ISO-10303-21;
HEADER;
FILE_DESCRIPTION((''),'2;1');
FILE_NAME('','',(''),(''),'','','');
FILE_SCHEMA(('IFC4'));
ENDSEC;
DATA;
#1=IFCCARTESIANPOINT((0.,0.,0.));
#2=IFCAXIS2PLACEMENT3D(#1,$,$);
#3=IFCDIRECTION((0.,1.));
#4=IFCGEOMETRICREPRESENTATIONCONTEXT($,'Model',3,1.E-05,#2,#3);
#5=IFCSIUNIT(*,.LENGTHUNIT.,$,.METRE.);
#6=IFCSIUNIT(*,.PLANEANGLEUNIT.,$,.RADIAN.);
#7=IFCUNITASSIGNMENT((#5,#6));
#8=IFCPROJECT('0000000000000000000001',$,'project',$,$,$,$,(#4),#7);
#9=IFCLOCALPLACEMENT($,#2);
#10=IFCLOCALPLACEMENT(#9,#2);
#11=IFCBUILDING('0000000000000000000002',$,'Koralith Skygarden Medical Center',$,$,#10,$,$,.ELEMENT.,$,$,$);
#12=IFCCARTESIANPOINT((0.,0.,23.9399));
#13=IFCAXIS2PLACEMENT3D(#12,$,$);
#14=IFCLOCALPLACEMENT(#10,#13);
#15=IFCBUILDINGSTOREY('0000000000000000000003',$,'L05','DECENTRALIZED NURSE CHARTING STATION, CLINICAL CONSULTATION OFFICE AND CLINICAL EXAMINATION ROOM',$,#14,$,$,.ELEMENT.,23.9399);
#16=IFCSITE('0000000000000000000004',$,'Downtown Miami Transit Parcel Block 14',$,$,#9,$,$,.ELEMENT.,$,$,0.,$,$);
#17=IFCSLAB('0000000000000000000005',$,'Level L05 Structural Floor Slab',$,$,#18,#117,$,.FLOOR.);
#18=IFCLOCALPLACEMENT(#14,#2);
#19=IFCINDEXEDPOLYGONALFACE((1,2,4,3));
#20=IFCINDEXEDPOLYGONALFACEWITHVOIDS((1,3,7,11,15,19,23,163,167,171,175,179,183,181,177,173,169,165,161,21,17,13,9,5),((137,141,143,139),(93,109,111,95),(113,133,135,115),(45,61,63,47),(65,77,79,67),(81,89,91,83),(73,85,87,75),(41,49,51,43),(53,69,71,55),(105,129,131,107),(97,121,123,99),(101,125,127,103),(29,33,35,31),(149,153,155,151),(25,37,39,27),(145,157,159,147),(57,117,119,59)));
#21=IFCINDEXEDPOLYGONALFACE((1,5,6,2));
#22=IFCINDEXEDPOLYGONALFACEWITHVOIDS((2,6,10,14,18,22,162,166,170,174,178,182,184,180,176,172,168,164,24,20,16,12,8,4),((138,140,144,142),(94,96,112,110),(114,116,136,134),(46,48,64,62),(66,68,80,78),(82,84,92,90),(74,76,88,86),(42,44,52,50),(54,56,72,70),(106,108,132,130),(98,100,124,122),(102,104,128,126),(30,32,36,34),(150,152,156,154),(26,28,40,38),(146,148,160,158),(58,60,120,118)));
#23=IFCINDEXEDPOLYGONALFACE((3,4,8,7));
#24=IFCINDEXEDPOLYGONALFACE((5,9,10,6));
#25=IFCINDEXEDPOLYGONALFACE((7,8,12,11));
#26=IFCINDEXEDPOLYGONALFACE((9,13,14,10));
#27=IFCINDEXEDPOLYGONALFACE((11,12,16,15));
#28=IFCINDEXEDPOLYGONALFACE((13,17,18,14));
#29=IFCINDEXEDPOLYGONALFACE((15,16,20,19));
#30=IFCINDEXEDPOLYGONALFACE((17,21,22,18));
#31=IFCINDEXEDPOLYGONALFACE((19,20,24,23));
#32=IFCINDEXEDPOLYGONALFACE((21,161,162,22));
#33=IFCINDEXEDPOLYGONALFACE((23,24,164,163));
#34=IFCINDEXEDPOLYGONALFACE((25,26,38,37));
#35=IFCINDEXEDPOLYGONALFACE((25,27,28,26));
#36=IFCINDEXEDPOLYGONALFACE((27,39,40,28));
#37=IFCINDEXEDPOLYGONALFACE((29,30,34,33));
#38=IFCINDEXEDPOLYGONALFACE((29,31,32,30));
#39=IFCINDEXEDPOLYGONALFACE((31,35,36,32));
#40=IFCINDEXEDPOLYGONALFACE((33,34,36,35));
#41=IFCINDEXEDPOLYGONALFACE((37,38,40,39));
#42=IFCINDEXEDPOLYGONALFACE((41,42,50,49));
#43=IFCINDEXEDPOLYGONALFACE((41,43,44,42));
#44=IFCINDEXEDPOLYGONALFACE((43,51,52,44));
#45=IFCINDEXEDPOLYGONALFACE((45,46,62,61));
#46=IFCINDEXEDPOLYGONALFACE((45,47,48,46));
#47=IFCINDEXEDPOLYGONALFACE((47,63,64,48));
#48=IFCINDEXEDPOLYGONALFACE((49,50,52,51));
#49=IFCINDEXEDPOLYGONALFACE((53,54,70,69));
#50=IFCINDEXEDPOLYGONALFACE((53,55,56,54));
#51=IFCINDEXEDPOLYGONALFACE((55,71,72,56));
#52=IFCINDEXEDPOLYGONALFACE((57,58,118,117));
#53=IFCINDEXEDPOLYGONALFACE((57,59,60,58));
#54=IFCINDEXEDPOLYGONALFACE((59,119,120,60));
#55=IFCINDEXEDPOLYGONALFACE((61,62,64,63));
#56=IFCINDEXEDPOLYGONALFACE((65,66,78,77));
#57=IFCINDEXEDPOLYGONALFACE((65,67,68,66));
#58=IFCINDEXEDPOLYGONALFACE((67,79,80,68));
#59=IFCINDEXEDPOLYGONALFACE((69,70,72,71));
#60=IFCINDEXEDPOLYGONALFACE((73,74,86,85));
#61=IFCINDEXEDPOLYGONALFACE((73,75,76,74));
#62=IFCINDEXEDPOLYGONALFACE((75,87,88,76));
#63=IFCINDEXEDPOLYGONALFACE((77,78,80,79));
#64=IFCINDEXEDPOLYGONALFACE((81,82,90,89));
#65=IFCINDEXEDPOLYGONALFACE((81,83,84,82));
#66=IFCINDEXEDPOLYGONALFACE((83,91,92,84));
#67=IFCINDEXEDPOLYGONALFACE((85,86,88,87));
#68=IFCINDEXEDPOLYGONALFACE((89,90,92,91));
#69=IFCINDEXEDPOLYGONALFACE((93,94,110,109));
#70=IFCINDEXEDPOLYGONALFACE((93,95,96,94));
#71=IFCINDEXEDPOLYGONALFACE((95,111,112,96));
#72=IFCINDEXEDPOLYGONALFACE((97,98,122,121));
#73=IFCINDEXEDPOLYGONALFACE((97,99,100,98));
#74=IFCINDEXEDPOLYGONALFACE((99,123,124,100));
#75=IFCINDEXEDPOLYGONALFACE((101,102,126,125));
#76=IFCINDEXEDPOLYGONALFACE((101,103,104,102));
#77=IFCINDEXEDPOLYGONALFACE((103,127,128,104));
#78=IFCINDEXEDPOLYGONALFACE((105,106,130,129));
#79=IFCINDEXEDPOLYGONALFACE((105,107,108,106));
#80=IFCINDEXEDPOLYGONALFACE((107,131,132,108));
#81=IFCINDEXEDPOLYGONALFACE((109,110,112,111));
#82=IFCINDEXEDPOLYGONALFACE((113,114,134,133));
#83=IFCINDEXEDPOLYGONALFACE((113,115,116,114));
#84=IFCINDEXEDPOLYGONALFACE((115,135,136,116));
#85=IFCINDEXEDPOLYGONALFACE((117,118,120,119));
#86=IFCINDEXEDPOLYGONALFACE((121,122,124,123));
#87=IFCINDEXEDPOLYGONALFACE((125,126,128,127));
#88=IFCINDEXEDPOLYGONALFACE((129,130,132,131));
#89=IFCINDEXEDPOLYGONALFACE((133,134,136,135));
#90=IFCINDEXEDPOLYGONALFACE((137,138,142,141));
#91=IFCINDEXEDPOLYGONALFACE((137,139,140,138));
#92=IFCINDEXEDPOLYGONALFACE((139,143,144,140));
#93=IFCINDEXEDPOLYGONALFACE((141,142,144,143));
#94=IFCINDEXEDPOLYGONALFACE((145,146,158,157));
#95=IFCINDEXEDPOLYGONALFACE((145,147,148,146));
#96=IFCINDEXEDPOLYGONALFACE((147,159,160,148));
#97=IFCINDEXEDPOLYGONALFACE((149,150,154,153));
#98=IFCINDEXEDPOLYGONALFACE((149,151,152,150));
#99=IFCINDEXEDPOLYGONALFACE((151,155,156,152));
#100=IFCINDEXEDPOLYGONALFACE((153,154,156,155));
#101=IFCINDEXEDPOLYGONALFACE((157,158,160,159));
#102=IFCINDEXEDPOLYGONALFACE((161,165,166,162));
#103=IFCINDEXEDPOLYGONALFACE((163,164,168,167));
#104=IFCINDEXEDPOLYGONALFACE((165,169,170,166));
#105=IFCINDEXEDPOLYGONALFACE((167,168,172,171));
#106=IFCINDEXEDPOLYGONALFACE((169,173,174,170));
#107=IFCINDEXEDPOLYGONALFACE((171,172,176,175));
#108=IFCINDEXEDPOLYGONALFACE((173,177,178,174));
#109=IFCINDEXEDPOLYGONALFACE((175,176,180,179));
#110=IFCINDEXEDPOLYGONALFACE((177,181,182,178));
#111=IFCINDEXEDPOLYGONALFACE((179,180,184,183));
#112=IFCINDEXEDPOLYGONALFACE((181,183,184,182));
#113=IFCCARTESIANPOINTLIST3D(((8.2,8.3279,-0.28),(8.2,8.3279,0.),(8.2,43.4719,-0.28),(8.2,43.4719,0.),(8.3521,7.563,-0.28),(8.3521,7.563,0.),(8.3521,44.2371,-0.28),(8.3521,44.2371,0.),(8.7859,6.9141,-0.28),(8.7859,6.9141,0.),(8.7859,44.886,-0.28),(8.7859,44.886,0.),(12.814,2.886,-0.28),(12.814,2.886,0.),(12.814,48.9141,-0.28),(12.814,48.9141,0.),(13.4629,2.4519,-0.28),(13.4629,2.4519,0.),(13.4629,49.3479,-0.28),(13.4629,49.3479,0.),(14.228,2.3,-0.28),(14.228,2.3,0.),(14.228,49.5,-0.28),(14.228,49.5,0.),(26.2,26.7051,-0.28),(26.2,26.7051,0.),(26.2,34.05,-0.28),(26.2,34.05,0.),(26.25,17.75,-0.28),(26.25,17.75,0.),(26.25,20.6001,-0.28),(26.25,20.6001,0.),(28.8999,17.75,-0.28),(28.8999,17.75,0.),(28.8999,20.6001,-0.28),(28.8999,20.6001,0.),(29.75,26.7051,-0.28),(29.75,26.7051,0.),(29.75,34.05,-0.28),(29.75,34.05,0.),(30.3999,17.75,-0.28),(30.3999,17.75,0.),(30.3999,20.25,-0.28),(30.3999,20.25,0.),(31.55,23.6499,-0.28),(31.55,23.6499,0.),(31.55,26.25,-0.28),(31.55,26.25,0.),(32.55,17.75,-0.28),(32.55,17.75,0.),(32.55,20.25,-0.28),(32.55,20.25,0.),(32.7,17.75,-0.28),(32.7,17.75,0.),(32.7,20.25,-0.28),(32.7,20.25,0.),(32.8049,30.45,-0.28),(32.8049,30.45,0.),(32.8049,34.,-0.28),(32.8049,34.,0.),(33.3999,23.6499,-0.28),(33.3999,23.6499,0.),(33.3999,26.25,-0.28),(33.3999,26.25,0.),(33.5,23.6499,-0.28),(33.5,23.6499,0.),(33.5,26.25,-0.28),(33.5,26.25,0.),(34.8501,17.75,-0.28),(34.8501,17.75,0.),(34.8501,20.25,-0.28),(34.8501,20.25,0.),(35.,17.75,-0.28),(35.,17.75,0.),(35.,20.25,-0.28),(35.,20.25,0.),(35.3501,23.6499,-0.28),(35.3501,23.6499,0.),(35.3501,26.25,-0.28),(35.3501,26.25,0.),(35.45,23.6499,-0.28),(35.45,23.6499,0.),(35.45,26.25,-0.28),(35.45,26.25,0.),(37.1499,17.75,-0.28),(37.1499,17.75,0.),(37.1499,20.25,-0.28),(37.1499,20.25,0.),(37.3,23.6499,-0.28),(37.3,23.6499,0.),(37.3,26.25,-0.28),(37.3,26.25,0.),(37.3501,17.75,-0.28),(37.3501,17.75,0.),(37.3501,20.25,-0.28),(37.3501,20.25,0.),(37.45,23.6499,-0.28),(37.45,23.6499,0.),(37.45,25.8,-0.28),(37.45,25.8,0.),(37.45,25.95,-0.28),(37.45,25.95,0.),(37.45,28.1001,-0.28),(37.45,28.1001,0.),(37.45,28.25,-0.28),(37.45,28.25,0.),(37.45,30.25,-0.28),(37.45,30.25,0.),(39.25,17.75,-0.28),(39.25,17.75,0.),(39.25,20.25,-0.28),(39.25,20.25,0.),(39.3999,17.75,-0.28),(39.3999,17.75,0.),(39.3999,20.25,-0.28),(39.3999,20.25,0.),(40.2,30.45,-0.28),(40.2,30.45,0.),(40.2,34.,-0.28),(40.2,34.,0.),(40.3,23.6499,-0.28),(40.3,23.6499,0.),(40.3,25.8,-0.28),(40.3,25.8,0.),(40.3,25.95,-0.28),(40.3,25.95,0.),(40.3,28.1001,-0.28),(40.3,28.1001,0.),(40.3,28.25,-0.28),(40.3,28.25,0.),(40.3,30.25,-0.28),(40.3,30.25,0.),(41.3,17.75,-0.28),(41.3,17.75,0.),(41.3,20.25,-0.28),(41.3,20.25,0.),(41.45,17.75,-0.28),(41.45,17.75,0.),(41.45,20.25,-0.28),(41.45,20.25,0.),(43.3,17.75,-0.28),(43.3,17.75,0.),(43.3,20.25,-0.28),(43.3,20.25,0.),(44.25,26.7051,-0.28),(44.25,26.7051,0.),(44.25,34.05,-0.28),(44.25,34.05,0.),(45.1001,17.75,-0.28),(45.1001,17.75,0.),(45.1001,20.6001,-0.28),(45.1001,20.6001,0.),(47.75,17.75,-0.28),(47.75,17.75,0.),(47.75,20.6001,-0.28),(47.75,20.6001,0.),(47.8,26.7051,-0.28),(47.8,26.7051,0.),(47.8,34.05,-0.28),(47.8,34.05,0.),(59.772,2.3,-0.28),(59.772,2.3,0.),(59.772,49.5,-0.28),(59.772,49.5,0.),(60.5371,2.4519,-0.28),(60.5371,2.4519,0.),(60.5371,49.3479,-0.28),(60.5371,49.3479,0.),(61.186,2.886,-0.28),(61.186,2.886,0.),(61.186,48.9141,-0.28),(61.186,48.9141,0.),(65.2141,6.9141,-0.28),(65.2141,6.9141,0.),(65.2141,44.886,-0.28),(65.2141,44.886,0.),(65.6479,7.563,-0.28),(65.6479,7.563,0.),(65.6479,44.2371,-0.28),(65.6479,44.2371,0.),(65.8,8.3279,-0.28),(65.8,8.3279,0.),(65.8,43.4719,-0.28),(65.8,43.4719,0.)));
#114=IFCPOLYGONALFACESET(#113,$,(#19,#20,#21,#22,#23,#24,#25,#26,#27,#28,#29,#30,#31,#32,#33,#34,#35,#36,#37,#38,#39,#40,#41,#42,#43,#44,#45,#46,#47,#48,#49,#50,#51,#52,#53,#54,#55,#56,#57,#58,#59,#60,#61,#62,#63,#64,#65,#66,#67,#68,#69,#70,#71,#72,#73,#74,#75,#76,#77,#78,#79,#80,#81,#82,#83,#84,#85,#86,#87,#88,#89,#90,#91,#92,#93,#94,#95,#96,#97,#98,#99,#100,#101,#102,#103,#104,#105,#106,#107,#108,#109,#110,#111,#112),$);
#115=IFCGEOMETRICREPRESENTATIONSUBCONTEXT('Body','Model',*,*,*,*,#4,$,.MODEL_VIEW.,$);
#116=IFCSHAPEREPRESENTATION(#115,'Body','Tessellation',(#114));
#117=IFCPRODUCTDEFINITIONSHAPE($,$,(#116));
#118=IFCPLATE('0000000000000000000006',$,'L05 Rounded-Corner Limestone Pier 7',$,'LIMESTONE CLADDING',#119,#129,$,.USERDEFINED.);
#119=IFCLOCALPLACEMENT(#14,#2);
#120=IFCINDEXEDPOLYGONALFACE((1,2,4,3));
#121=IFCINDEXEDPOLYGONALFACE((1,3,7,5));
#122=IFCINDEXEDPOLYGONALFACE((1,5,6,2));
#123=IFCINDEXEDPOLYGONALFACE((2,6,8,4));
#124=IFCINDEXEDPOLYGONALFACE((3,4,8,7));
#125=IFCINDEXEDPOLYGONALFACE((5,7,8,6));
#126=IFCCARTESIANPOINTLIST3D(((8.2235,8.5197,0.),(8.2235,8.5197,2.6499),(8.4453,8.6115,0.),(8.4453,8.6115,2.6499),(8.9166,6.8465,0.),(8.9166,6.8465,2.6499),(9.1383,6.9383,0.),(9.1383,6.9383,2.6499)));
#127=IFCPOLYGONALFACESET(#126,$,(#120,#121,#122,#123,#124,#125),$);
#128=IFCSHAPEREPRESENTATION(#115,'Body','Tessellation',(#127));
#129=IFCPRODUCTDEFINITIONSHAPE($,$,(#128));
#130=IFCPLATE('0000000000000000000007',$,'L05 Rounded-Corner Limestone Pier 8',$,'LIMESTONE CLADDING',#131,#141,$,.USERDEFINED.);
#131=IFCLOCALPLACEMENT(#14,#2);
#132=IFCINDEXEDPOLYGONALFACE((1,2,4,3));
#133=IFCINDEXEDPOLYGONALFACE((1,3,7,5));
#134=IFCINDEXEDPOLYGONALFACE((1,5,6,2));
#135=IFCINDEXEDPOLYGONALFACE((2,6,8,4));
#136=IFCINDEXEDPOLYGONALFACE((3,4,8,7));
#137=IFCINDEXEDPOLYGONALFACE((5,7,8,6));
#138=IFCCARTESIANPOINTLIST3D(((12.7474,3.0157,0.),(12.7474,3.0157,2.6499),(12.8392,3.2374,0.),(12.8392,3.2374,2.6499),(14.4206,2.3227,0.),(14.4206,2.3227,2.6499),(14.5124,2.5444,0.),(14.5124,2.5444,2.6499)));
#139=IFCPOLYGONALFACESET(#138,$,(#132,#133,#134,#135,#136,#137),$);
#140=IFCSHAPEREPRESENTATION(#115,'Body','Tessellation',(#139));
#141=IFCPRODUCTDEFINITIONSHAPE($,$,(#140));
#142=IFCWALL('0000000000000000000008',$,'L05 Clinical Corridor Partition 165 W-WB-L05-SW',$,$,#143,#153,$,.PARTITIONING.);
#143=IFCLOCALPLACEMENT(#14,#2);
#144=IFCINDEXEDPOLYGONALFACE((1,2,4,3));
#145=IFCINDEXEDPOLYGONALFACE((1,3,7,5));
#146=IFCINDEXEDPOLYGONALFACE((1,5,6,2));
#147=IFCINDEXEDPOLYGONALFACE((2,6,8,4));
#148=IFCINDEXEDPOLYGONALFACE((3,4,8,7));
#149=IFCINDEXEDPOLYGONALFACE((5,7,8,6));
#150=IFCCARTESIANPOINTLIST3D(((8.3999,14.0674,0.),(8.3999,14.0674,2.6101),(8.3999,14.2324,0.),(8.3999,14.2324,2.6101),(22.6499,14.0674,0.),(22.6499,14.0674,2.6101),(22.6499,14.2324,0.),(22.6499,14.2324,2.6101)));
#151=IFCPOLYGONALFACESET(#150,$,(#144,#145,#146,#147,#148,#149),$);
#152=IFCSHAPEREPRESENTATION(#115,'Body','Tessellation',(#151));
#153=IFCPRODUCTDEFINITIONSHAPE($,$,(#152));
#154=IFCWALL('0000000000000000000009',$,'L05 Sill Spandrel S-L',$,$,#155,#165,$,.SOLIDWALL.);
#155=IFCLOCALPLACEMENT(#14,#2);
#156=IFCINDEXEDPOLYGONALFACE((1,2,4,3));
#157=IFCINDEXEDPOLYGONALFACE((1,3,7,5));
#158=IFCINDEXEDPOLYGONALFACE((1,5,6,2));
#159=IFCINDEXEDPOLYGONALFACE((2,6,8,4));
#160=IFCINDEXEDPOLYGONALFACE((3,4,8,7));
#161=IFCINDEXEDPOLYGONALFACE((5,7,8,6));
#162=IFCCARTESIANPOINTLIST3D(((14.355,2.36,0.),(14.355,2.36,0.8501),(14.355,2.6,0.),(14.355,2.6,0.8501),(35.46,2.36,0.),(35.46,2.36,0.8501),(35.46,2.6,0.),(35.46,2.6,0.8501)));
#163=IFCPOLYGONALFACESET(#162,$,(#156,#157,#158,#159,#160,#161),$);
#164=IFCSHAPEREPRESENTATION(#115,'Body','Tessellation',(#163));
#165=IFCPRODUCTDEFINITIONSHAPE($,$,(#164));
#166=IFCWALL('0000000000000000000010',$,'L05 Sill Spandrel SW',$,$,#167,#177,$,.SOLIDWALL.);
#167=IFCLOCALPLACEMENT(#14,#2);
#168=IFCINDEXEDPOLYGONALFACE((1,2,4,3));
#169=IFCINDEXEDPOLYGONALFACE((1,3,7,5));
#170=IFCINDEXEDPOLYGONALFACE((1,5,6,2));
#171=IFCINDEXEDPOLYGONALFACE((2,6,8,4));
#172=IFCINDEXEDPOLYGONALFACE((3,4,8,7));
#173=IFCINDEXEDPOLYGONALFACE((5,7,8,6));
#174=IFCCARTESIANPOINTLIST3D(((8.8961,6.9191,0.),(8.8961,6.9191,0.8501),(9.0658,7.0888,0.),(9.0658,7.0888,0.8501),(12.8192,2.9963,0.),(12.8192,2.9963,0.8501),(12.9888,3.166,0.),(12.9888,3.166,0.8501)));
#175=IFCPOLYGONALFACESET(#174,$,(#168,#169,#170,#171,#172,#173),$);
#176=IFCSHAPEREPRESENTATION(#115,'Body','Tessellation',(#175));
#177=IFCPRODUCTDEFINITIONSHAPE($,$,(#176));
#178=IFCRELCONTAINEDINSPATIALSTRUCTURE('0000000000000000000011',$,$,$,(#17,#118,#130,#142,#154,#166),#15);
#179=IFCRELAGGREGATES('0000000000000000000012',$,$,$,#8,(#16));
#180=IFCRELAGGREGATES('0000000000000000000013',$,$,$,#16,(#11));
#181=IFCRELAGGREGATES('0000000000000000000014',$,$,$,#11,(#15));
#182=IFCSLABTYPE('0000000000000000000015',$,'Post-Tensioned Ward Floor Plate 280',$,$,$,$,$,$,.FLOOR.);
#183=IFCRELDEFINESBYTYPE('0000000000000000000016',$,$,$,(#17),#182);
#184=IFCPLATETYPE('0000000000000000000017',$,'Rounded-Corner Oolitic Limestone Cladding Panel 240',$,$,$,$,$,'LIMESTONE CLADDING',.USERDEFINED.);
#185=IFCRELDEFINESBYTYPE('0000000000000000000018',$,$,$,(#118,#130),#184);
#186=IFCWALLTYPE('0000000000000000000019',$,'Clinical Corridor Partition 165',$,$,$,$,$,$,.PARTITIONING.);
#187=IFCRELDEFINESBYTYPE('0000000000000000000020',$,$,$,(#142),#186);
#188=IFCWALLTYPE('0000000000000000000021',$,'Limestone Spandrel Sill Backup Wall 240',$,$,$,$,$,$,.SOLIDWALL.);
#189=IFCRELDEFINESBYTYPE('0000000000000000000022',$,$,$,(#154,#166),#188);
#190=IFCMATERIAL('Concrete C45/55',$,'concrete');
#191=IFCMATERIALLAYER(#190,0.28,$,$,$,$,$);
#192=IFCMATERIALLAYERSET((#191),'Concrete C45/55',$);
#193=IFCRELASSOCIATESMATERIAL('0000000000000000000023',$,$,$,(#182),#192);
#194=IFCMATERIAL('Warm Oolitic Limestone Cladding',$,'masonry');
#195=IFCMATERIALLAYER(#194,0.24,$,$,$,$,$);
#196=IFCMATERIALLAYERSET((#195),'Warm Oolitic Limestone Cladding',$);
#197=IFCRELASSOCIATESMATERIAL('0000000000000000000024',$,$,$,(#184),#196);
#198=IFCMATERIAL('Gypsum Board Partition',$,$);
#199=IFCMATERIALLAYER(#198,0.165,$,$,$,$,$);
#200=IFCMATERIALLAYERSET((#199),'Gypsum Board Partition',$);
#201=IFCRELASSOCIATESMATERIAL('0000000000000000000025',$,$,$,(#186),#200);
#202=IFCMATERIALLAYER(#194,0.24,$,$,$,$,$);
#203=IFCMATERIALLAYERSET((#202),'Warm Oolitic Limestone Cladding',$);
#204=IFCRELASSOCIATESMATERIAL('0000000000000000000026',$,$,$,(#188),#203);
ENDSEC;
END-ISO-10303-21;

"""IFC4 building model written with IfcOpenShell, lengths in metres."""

from ifc_helpers import new_model, si_unit, direction, frame, frame_2d, origin, origin_2d, place, context, subcontext, project, spatial, polyline, rectangle, outline, extrude, material, layer, layer_set, type_object, element, save


model = new_model("IFC4")

# Units and contexts
model_context = context("Model", 3, precision=1e-05, world=origin(), true_north=direction((0.0, 1.0)))
body_context = subcontext(model_context, "Body", "Model", "MODEL_VIEW")
ifc_project = project(units=[si_unit("LENGTHUNIT", "METRE"), si_unit("PLANEANGLEUNIT", "RADIAN")], contexts=[model_context])

# Site, building, storey
site_placement = place(None, origin())
site = spatial("IfcSite", under=ifc_project, at=site_placement, Name="Downtown Miami Transit Parcel Block 14", CompositionType="ELEMENT", RefElevation=0.0)
building_placement = place(site_placement, origin())
building = spatial("IfcBuilding", under=site, at=building_placement, Name="Koralith Skygarden Medical Center", CompositionType="ELEMENT")
storey_placement = place(building_placement, frame((0.0, 0.0, 23.9399)))
storey = spatial("IfcBuildingStorey", under=building, at=storey_placement, Name="L05", Description="DECENTRALIZED NURSE CHARTING STATION, CLINICAL CONSULTATION OFFICE AND CLINICAL EXAMINATION ROOM", CompositionType="ELEMENT", Elevation=23.9399)

# Shared definitions
ifc_material_1 = material(Name="Concrete C45/55", Category="concrete")

# Slab
ifc_layer_1 = layer(ifc_material_1, 0.28)
ifc_layer_set_1 = layer_set([ifc_layer_1], Name="Concrete C45/55")
slab_type_1 = type_object("IfcSlabType", Name="Post-Tensioned Ward Floor Plate 280", PredefinedType="FLOOR", material=ifc_layer_set_1)
slab_1_placement = place(storey_placement, frame((0.0, 0.0, -0.28)))
element("IfcSlab", 1, at=slab_1_placement, inside=storey, type_object=slab_type_1, Name="Level L05 Structural Floor Slab", PredefinedType="FLOOR", context=body_context, shape_type="SweptSolid", body=[
    extrude(outline(polyline([(12.814, 2.886), (13.4629, 2.4519), (14.228, 2.3), (59.772, 2.3), (60.5371, 2.4519), (61.186, 2.886), (65.2141, 6.9141), (65.6479, 7.563), (65.8, 8.3279), (65.8, 43.4719), (65.6479, 44.2371), (65.2141, 44.886), (61.186, 48.9141), (60.5371, 49.3479), (59.772, 49.5), (14.228, 49.5), (13.4629, 49.3479), (12.814, 48.9141), (8.7859, 44.886), (8.3521, 44.2371), (8.2, 43.4719), (8.2, 8.3279), (8.3521, 7.563), (8.7859, 6.9141), (12.814, 2.886)]), holes=[polyline([(26.2, 26.7051), (29.75, 26.7051), (29.75, 34.05), (26.2, 34.05), (26.2, 26.7051)]), polyline([(44.25, 26.7051), (47.8, 26.7051), (47.8, 34.05), (44.25, 34.05), (44.25, 26.7051)]), polyline([(32.8049, 30.45), (40.2, 30.45), (40.2, 34.0), (32.8049, 34.0), (32.8049, 30.45)]), polyline([(26.25, 17.75), (28.8999, 17.75), (28.8999, 20.6001), (26.25, 20.6001), (26.25, 17.75)]), polyline([(45.1001, 17.75), (47.75, 17.75), (47.75, 20.6001), (45.1001, 20.6001), (45.1001, 17.75)]), polyline([(30.3999, 17.75), (32.55, 17.75), (32.55, 20.25), (30.3999, 20.25), (30.3999, 17.75)]), polyline([(32.7, 17.75), (34.8501, 17.75), (34.8501, 20.25), (32.7, 20.25), (32.7, 17.75)]), polyline([(35.0, 17.75), (37.1499, 17.75), (37.1499, 20.25), (35.0, 20.25), (35.0, 17.75)]), polyline([(37.3501, 17.75), (39.25, 17.75), (39.25, 20.25), (37.3501, 20.25), (37.3501, 17.75)]), polyline([(39.3999, 17.75), (41.3, 17.75), (41.3, 20.25), (39.3999, 20.25), (39.3999, 17.75)]), polyline([(41.45, 17.75), (43.3, 17.75), (43.3, 20.25), (41.45, 20.25), (41.45, 17.75)]), polyline([(31.55, 23.6499), (33.3999, 23.6499), (33.3999, 26.25), (31.55, 26.25), (31.55, 23.6499)]), polyline([(33.5, 23.6499), (35.3501, 23.6499), (35.3501, 26.25), (33.5, 26.25), (33.5, 23.6499)]), polyline([(35.45, 23.6499), (37.3, 23.6499), (37.3, 26.25), (35.45, 26.25), (35.45, 23.6499)]), polyline([(37.45, 23.6499), (40.3, 23.6499), (40.3, 25.8), (37.45, 25.8), (37.45, 23.6499)]), polyline([(37.45, 25.95), (40.3, 25.95), (40.3, 28.1001), (37.45, 28.1001), (37.45, 25.95)]), polyline([(37.45, 28.25), (40.3, 28.25), (40.3, 30.25), (37.45, 30.25), (37.45, 28.25)])]), origin(), (0.0, 0.0, 1.0), 0.28),
])

# Plates
ifc_material_2 = material(Name="Warm Oolitic Limestone Cladding", Category="masonry")
ifc_layer_2 = layer(ifc_material_2, 0.24)
ifc_layer_set_2 = layer_set([ifc_layer_2], Name="Warm Oolitic Limestone Cladding")
plate_type_1 = type_object("IfcPlateType", Name="Rounded-Corner Oolitic Limestone Cladding Panel 240", ElementType="LIMESTONE CLADDING", PredefinedType="USERDEFINED", material=ifc_layer_set_2)
for number, where, z_axis, x_axis, name in (
    (2, (8.6809, 7.729, 0.0), (0.0, 0.0, 1.0), (0.382671, -0.923885, 0.0), "L05 Rounded-Corner Limestone Pier 7"),
    (3, (13.6299, 2.78, 0.0), (0.0, 0.0, 1.0), (0.923885, -0.382671, 0.0), "L05 Rounded-Corner Limestone Pier 8"),
):
    element("IfcPlate", number, at=place(storey_placement, frame(where, z_axis=z_axis, x_axis=x_axis)), inside=storey, type_object=plate_type_1, Name=name, ObjectType="LIMESTONE CLADDING", PredefinedType="USERDEFINED", context=body_context, shape_type="SweptSolid", body=[
        extrude(rectangle(XDim=1.811, YDim=0.24, at=origin_2d()), origin(), (0.0, 0.0, 1.0), 2.6499),
    ])

# Walls
ifc_material_3 = material(Name="Gypsum Board Partition")
ifc_layer_3 = layer(ifc_material_3, 0.165)
ifc_layer_set_3 = layer_set([ifc_layer_3], Name="Gypsum Board Partition")
wall_type_1 = type_object("IfcWallType", Name="Clinical Corridor Partition 165", PredefinedType="PARTITIONING", material=ifc_layer_set_3)
wall_1_placement = place(storey_placement, frame((8.3999, 14.1499, 0.0), z_axis=(0.0, 0.0, 1.0), x_axis=(1.0, 0.0, 0.0)))
element("IfcWall", 4, at=wall_1_placement, inside=storey, type_object=wall_type_1, Name="L05 Clinical Corridor Partition 165 W-WB-L05-SW", PredefinedType="PARTITIONING", context=body_context, shape_type="SweptSolid", body=[
    extrude(rectangle(XDim=14.25, YDim=0.165, at=frame_2d((7.125, 0.0))), origin(), (0.0, 0.0, 1.0), 2.6101),
])
ifc_layer_4 = layer(ifc_material_2, 0.24)
ifc_layer_set_4 = layer_set([ifc_layer_4], Name="Warm Oolitic Limestone Cladding")
wall_type_2 = type_object("IfcWallType", Name="Limestone Spandrel Sill Backup Wall 240", PredefinedType="SOLIDWALL", material=ifc_layer_set_4)
wall_2_placement = place(storey_placement, frame((14.355, 2.48, 0.0), z_axis=(0.0, 0.0, 1.0), x_axis=(1.0, 0.0, 0.0)))
element("IfcWall", 5, at=wall_2_placement, inside=storey, type_object=wall_type_2, Name="L05 Sill Spandrel S-L", PredefinedType="SOLIDWALL", context=body_context, shape_type="SweptSolid", body=[
    extrude(rectangle(XDim=21.105, YDim=0.24, at=frame_2d((10.5525, 0.0))), origin(), (0.0, 0.0, 1.0), 0.8501),
])
wall_3_placement = place(storey_placement, frame((8.981, 7.0039, 0.0), z_axis=(0.0, 0.0, 1.0), x_axis=(0.707129, -0.707085, 0.0)))
element("IfcWall", 6, at=wall_3_placement, inside=storey, type_object=wall_type_2, Name="L05 Sill Spandrel SW", PredefinedType="SOLIDWALL", context=body_context, shape_type="SweptSolid", body=[
    extrude(rectangle(XDim=5.5479, YDim=0.24, at=frame_2d((2.7739, 0.0))), origin(), (0.0, 0.0, 1.0), 0.8501),
])

save(model, "model.ifc")
